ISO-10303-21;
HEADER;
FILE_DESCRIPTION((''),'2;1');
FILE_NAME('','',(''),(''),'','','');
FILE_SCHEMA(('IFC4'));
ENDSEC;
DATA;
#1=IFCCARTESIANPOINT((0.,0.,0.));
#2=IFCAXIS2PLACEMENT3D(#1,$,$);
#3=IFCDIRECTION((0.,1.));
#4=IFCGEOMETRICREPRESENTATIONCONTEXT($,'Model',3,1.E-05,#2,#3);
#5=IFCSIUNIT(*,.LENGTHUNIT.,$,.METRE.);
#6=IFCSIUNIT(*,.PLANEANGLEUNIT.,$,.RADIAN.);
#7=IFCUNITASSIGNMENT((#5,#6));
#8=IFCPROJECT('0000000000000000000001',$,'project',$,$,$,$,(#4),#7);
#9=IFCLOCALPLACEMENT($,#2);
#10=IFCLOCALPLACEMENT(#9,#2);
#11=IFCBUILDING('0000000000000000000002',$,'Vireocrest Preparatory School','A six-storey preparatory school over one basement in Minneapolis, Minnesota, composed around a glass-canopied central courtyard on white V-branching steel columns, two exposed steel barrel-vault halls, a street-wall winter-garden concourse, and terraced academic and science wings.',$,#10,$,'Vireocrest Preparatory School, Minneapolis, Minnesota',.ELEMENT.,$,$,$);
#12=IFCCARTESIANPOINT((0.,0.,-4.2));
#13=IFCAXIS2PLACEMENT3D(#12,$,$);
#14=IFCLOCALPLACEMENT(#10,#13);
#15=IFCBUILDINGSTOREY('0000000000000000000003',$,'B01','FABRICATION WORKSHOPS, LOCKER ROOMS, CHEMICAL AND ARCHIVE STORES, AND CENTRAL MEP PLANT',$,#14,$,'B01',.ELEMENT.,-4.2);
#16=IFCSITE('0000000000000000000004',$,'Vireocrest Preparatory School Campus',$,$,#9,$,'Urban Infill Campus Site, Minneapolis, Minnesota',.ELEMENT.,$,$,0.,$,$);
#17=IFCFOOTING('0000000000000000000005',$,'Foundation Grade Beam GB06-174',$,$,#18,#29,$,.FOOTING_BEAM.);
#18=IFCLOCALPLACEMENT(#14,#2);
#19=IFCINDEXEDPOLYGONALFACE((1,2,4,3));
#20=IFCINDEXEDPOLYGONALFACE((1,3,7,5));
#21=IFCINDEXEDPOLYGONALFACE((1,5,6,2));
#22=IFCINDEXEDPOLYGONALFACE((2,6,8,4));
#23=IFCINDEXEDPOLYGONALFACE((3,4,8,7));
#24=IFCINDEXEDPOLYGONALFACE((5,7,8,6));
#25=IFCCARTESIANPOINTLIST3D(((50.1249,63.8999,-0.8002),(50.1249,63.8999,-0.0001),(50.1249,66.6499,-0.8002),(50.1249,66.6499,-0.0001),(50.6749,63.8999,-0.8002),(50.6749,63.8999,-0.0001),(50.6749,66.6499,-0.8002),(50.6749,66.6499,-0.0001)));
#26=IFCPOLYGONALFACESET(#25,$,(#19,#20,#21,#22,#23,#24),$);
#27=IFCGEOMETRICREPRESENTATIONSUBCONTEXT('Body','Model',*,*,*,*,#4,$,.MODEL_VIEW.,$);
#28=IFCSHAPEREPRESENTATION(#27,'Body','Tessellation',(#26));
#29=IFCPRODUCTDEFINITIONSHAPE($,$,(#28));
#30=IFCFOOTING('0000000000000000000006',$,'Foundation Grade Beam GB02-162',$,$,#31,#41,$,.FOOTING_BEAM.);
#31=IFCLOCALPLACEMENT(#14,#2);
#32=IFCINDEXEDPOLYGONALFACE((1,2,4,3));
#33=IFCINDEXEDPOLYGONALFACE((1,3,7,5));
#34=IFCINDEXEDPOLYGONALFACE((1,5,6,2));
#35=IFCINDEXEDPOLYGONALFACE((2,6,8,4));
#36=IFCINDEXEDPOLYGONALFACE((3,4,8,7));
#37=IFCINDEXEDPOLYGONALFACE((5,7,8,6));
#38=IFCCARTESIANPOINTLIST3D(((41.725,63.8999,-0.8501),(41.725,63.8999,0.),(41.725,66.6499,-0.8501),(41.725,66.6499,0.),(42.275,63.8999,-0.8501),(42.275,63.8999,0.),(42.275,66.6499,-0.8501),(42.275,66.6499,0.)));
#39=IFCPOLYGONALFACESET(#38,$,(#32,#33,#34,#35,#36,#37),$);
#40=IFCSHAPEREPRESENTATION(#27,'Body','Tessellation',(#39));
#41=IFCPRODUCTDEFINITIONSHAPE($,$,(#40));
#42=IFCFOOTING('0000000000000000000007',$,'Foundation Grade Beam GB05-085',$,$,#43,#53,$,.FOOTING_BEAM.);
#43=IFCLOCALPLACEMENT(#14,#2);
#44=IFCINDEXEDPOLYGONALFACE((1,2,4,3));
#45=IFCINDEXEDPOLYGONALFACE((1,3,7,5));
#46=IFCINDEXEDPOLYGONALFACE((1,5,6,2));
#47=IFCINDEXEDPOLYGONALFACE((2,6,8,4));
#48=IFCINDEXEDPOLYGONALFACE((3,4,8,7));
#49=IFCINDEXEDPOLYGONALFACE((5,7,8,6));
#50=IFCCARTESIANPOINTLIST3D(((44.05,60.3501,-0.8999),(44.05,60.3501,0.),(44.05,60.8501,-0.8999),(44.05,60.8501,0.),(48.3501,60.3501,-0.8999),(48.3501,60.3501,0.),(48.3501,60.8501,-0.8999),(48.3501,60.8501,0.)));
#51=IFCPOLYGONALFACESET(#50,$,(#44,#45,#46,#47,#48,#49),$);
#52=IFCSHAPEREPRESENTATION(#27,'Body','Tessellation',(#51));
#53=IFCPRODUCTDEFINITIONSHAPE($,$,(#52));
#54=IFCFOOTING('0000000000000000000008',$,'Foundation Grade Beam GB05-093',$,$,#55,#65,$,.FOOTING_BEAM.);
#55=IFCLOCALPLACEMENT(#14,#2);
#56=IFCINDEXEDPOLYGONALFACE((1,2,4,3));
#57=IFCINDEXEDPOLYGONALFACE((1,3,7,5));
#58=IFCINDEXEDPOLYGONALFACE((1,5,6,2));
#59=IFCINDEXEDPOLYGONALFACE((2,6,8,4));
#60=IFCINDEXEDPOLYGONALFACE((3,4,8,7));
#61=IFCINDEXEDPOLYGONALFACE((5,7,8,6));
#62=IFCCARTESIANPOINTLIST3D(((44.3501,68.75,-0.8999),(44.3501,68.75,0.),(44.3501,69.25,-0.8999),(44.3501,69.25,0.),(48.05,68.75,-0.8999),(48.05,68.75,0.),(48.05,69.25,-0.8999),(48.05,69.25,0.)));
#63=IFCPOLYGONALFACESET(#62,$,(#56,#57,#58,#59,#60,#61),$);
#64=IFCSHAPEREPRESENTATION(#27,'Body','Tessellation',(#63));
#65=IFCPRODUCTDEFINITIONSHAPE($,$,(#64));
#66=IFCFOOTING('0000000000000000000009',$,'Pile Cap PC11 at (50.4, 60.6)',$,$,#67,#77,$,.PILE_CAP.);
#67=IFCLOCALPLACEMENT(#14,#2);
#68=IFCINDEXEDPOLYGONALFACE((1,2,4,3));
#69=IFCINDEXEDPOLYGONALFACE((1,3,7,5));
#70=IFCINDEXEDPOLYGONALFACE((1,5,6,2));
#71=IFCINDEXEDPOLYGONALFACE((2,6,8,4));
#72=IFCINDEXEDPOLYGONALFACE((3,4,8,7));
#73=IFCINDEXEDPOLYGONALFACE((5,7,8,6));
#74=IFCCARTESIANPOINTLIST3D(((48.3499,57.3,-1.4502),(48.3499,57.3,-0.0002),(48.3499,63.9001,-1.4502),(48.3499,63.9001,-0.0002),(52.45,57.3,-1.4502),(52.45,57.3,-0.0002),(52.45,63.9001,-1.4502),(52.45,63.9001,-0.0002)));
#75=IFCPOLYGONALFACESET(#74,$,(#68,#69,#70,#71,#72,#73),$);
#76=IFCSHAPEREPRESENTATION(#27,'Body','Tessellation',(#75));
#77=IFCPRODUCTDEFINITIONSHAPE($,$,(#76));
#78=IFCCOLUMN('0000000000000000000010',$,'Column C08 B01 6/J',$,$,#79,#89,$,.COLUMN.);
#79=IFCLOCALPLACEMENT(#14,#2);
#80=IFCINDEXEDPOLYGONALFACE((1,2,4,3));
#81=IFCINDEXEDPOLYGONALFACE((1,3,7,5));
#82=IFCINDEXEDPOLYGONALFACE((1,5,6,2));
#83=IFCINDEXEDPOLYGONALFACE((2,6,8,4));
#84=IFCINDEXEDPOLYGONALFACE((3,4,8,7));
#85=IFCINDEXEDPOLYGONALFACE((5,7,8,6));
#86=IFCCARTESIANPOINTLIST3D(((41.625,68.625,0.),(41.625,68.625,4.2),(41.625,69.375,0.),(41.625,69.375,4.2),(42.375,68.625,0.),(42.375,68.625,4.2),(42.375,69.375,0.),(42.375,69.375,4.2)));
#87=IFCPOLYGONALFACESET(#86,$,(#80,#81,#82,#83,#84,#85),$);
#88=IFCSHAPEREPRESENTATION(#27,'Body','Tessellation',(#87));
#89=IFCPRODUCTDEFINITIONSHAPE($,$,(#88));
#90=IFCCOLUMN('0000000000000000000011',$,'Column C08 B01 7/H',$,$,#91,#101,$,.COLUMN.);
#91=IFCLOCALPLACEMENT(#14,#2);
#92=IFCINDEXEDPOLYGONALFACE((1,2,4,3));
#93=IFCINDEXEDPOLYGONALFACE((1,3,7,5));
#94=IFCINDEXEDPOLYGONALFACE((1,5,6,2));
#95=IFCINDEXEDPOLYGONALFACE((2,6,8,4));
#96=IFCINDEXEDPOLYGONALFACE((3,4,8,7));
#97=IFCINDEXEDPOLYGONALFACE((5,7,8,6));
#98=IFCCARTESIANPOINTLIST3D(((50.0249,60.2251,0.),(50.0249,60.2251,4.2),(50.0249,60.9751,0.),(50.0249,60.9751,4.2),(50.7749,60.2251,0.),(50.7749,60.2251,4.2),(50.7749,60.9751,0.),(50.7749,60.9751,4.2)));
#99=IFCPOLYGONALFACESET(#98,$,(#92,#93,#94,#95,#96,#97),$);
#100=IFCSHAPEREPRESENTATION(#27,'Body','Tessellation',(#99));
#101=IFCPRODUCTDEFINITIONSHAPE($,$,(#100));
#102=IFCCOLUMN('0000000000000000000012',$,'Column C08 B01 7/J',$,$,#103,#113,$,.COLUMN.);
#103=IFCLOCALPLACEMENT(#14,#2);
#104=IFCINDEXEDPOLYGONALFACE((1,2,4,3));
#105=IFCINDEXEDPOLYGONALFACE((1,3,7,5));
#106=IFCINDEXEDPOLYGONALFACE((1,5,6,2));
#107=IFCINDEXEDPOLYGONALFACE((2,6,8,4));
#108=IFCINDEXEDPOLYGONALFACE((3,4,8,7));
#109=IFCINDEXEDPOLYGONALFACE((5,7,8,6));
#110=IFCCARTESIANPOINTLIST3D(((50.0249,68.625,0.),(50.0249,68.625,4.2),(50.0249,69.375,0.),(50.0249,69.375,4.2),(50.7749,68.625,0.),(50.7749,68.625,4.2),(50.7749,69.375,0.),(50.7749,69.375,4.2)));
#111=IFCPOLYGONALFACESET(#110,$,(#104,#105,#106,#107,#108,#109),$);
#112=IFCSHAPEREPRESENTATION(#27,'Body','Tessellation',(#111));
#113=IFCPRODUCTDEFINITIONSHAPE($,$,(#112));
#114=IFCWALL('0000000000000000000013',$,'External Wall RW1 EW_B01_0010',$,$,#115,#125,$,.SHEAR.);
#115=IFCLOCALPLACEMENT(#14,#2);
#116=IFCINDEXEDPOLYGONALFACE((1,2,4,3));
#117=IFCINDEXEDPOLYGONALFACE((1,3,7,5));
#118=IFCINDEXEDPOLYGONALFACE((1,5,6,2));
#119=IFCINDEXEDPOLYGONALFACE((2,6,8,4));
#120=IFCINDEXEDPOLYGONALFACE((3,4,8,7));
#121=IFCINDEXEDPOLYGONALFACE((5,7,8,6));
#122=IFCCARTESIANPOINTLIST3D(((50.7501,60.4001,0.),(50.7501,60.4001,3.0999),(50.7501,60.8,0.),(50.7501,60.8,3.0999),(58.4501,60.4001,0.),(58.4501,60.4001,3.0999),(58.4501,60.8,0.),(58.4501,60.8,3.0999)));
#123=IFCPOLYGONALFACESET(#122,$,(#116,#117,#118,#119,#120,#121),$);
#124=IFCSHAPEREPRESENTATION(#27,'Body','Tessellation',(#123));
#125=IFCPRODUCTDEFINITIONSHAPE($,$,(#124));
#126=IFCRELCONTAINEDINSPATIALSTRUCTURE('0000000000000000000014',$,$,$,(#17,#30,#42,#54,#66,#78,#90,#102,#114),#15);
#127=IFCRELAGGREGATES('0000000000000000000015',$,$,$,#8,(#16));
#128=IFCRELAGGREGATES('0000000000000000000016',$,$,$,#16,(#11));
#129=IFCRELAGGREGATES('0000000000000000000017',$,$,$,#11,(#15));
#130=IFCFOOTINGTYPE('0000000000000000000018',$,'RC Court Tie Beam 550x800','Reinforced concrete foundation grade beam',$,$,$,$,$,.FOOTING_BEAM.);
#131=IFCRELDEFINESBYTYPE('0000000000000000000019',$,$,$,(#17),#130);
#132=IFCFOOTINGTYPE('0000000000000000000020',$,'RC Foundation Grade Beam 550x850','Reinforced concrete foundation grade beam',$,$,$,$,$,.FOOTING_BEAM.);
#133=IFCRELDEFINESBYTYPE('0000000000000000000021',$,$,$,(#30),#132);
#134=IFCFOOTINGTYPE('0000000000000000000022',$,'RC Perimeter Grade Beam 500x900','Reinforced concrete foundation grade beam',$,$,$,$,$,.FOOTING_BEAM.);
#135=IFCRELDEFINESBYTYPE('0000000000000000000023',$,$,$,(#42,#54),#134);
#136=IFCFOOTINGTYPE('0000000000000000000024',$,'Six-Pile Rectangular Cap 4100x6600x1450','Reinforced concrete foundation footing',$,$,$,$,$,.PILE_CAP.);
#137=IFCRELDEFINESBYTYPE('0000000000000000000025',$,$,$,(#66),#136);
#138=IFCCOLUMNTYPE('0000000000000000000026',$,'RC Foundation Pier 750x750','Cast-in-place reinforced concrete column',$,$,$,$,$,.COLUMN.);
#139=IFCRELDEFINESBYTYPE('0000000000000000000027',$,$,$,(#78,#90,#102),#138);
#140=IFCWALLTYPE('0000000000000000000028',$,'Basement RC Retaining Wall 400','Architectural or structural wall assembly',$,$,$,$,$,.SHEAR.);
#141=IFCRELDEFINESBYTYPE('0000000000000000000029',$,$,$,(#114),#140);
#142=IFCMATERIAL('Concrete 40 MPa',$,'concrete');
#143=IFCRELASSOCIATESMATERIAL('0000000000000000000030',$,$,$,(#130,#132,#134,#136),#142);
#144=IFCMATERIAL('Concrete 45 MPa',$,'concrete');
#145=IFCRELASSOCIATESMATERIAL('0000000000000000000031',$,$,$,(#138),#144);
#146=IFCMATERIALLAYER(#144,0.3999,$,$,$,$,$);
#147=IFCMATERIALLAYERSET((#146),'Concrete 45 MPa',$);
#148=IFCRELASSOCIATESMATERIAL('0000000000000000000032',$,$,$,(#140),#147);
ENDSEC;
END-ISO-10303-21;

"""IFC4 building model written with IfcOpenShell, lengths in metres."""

from ifc_helpers import new_model, si_unit, direction, frame, frame_2d, origin, origin_2d, place, context, subcontext, project, spatial, rectangle, extrude, material, layer, layer_set, material_profile, profile_set, type_object, element, save


model = new_model("IFC4")

# Units and contexts
model_context = context("Model", 3, precision=1e-05, world=origin(), true_north=direction((0.0, 1.0)))
body_context = subcontext(model_context, "Body", "Model", "MODEL_VIEW")
ifc_project = project(units=[si_unit("LENGTHUNIT", "METRE"), si_unit("PLANEANGLEUNIT", "RADIAN")], contexts=[model_context])

# Site, building, storey
site_placement = place(None, origin())
site = spatial("IfcSite", under=ifc_project, at=site_placement, Name="Vireocrest Preparatory School Campus", LongName="Urban Infill Campus Site, Minneapolis, Minnesota", CompositionType="ELEMENT", RefElevation=0.0)
building_placement = place(site_placement, origin())
building = spatial("IfcBuilding", under=site, at=building_placement, Name="Vireocrest Preparatory School", Description="A six-storey preparatory school over one basement in Minneapolis, Minnesota, composed around a glass-canopied central courtyard on white V-branching steel columns, two exposed steel barrel-vault halls, a street-wall winter-garden concourse, and terraced academic and science wings.", LongName="Vireocrest Preparatory School, Minneapolis, Minnesota", CompositionType="ELEMENT")
storey_placement = place(building_placement, frame((0.0, 0.0, -4.2)))
storey = spatial("IfcBuildingStorey", under=building, at=storey_placement, Name="B01", Description="FABRICATION WORKSHOPS, LOCKER ROOMS, CHEMICAL AND ARCHIVE STORES, AND CENTRAL MEP PLANT", LongName="B01", CompositionType="ELEMENT", Elevation=-4.2)

# Shared definitions
ifc_material_1 = material(Name="Concrete 40 MPa", Category="concrete")

# Footings
ifc_material_profile_1 = material_profile(ifc_material_1, rectangle(XDim=0.55, YDim=0.8, at=origin_2d()), Name="GB 550x800")
ifc_profile_set_1 = profile_set([ifc_material_profile_1], Name="Concrete 40 MPa")
footing_type_1 = type_object("IfcFootingType", Name="RC Court Tie Beam 550x800", Description="Reinforced concrete foundation grade beam", PredefinedType="FOOTING_BEAM", material=ifc_profile_set_1)
footing_1_placement = place(storey_placement, frame((50.3999, 63.8999, -0.4001), z_axis=(0.0, 1.0, 0.0), x_axis=(-1.0, 0.0, 0.0)))
element("IfcFooting", 1, at=footing_1_placement, inside=storey, type_object=footing_type_1, Name="Foundation Grade Beam GB06-174", PredefinedType="FOOTING_BEAM", context=body_context, shape_type="SweptSolid", body=[
    extrude(rectangle(XDim=0.55, YDim=0.8, at=origin_2d()), origin(), (0.0, 0.0, 1.0), 2.75),
])
ifc_material_profile_2 = material_profile(ifc_material_1, rectangle(XDim=0.55, YDim=0.8501, at=origin_2d()), Name="GB 550x850")
ifc_profile_set_2 = profile_set([ifc_material_profile_2], Name="Concrete 40 MPa")
footing_type_2 = type_object("IfcFootingType", Name="RC Foundation Grade Beam 550x850", Description="Reinforced concrete foundation grade beam", PredefinedType="FOOTING_BEAM", material=ifc_profile_set_2)
footing_2_placement = place(storey_placement, frame((42.0, 63.8999, -0.425), z_axis=(0.0, 1.0, 0.0), x_axis=(-1.0, 0.0, 0.0)))
element("IfcFooting", 2, at=footing_2_placement, inside=storey, type_object=footing_type_2, Name="Foundation Grade Beam GB02-162", PredefinedType="FOOTING_BEAM", context=body_context, shape_type="SweptSolid", body=[
    extrude(rectangle(XDim=0.55, YDim=0.8501, at=origin_2d()), origin(), (0.0, 0.0, 1.0), 2.75),
])
ifc_material_profile_3 = material_profile(ifc_material_1, rectangle(XDim=0.5, YDim=0.8999, at=origin_2d()), Name="GB 500x900")
ifc_profile_set_3 = profile_set([ifc_material_profile_3], Name="Concrete 40 MPa")
footing_type_3 = type_object("IfcFootingType", Name="RC Perimeter Grade Beam 500x900", Description="Reinforced concrete foundation grade beam", PredefinedType="FOOTING_BEAM", material=ifc_profile_set_3)
footing_3_placement = place(storey_placement, frame((44.05, 60.6001, -0.45), z_axis=(1.0, 0.0, 0.0), x_axis=(0.0, 1.0, 0.0)))
element("IfcFooting", 3, at=footing_3_placement, inside=storey, type_object=footing_type_3, Name="Foundation Grade Beam GB05-085", PredefinedType="FOOTING_BEAM", context=body_context, shape_type="SweptSolid", body=[
    extrude(rectangle(XDim=0.5, YDim=0.8999, at=origin_2d()), origin(), (0.0, 0.0, 1.0), 4.3),
])
footing_4_placement = place(storey_placement, frame((44.3501, 69.0, -0.45), z_axis=(1.0, 0.0, 0.0), x_axis=(0.0, 1.0, 0.0)))
element("IfcFooting", 4, at=footing_4_placement, inside=storey, type_object=footing_type_3, Name="Foundation Grade Beam GB05-093", PredefinedType="FOOTING_BEAM", context=body_context, shape_type="SweptSolid", body=[
    extrude(rectangle(XDim=0.5, YDim=0.8999, at=origin_2d()), origin(), (0.0, 0.0, 1.0), 3.7),
])
footing_type_4 = type_object("IfcFootingType", Name="Six-Pile Rectangular Cap 4100x6600x1450", Description="Reinforced concrete foundation footing", PredefinedType="PILE_CAP", material=ifc_material_1)
footing_5_placement = place(storey_placement, frame((50.3999, 60.6001, -1.4502), z_axis=(0.0, 0.0, 1.0), x_axis=(1.0, 0.0, 0.0)))
element("IfcFooting", 5, at=footing_5_placement, inside=storey, type_object=footing_type_4, Name="Pile Cap PC11 at (50.4, 60.6)", PredefinedType="PILE_CAP", context=body_context, shape_type="SweptSolid", body=[
    extrude(rectangle(XDim=4.1001, YDim=6.6001, at=origin_2d()), origin(), (0.0, 0.0, 1.0), 1.45),
])

# Columns
ifc_material_2 = material(Name="Concrete 45 MPa", Category="concrete")
ifc_material_profile_4 = material_profile(ifc_material_2, rectangle(XDim=0.75, YDim=0.75, at=origin_2d()), Name="RC 750x750")
ifc_profile_set_4 = profile_set([ifc_material_profile_4], Name="Concrete 45 MPa")
column_type = type_object("IfcColumnType", Name="RC Foundation Pier 750x750", Description="Cast-in-place reinforced concrete column", PredefinedType="COLUMN", material=ifc_profile_set_4)
for number, where, z_axis, x_axis, name in (
    (6, (42.0, 69.0, 0.0), (0.0, 0.0, 1.0), (1.0, 0.0, 0.0), "Column C08 B01 6/J"),
    (7, (50.3999, 60.6001, 0.0), (0.0, 0.0, 1.0), (1.0, 0.0, 0.0), "Column C08 B01 7/H"),
    (8, (50.3999, 69.0, 0.0), (0.0, 0.0, 1.0), (1.0, 0.0, 0.0), "Column C08 B01 7/J"),
):
    element("IfcColumn", number, at=place(storey_placement, frame(where, z_axis=z_axis, x_axis=x_axis)), inside=storey, type_object=column_type, Name=name, PredefinedType="COLUMN", context=body_context, shape_type="SweptSolid", body=[
        extrude(rectangle(XDim=0.75, YDim=0.75, at=origin_2d()), origin(), (0.0, 0.0, 1.0), 4.2),
    ])

# Wall
ifc_layer = layer(ifc_material_2, 0.3999)
ifc_layer_set = layer_set([ifc_layer], Name="Concrete 45 MPa")
wall_type = type_object("IfcWallType", Name="Basement RC Retaining Wall 400", Description="Architectural or structural wall assembly", PredefinedType="SHEAR", material=ifc_layer_set)
wall_placement = place(storey_placement, frame((50.75, 60.6001, 0.0), z_axis=(0.0, 0.0, 1.0), x_axis=(1.0, 0.0, 0.0)))
element("IfcWall", 9, at=wall_placement, inside=storey, type_object=wall_type, Name="External Wall RW1 EW_B01_0010", PredefinedType="SHEAR", context=body_context, shape_type="SweptSolid", body=[
    extrude(rectangle(XDim=7.7, YDim=0.3999, at=frame_2d((3.8501, 0.0))), origin(), (0.0, 0.0, 1.0), 3.0999),
])

save(model, "model.ifc")
